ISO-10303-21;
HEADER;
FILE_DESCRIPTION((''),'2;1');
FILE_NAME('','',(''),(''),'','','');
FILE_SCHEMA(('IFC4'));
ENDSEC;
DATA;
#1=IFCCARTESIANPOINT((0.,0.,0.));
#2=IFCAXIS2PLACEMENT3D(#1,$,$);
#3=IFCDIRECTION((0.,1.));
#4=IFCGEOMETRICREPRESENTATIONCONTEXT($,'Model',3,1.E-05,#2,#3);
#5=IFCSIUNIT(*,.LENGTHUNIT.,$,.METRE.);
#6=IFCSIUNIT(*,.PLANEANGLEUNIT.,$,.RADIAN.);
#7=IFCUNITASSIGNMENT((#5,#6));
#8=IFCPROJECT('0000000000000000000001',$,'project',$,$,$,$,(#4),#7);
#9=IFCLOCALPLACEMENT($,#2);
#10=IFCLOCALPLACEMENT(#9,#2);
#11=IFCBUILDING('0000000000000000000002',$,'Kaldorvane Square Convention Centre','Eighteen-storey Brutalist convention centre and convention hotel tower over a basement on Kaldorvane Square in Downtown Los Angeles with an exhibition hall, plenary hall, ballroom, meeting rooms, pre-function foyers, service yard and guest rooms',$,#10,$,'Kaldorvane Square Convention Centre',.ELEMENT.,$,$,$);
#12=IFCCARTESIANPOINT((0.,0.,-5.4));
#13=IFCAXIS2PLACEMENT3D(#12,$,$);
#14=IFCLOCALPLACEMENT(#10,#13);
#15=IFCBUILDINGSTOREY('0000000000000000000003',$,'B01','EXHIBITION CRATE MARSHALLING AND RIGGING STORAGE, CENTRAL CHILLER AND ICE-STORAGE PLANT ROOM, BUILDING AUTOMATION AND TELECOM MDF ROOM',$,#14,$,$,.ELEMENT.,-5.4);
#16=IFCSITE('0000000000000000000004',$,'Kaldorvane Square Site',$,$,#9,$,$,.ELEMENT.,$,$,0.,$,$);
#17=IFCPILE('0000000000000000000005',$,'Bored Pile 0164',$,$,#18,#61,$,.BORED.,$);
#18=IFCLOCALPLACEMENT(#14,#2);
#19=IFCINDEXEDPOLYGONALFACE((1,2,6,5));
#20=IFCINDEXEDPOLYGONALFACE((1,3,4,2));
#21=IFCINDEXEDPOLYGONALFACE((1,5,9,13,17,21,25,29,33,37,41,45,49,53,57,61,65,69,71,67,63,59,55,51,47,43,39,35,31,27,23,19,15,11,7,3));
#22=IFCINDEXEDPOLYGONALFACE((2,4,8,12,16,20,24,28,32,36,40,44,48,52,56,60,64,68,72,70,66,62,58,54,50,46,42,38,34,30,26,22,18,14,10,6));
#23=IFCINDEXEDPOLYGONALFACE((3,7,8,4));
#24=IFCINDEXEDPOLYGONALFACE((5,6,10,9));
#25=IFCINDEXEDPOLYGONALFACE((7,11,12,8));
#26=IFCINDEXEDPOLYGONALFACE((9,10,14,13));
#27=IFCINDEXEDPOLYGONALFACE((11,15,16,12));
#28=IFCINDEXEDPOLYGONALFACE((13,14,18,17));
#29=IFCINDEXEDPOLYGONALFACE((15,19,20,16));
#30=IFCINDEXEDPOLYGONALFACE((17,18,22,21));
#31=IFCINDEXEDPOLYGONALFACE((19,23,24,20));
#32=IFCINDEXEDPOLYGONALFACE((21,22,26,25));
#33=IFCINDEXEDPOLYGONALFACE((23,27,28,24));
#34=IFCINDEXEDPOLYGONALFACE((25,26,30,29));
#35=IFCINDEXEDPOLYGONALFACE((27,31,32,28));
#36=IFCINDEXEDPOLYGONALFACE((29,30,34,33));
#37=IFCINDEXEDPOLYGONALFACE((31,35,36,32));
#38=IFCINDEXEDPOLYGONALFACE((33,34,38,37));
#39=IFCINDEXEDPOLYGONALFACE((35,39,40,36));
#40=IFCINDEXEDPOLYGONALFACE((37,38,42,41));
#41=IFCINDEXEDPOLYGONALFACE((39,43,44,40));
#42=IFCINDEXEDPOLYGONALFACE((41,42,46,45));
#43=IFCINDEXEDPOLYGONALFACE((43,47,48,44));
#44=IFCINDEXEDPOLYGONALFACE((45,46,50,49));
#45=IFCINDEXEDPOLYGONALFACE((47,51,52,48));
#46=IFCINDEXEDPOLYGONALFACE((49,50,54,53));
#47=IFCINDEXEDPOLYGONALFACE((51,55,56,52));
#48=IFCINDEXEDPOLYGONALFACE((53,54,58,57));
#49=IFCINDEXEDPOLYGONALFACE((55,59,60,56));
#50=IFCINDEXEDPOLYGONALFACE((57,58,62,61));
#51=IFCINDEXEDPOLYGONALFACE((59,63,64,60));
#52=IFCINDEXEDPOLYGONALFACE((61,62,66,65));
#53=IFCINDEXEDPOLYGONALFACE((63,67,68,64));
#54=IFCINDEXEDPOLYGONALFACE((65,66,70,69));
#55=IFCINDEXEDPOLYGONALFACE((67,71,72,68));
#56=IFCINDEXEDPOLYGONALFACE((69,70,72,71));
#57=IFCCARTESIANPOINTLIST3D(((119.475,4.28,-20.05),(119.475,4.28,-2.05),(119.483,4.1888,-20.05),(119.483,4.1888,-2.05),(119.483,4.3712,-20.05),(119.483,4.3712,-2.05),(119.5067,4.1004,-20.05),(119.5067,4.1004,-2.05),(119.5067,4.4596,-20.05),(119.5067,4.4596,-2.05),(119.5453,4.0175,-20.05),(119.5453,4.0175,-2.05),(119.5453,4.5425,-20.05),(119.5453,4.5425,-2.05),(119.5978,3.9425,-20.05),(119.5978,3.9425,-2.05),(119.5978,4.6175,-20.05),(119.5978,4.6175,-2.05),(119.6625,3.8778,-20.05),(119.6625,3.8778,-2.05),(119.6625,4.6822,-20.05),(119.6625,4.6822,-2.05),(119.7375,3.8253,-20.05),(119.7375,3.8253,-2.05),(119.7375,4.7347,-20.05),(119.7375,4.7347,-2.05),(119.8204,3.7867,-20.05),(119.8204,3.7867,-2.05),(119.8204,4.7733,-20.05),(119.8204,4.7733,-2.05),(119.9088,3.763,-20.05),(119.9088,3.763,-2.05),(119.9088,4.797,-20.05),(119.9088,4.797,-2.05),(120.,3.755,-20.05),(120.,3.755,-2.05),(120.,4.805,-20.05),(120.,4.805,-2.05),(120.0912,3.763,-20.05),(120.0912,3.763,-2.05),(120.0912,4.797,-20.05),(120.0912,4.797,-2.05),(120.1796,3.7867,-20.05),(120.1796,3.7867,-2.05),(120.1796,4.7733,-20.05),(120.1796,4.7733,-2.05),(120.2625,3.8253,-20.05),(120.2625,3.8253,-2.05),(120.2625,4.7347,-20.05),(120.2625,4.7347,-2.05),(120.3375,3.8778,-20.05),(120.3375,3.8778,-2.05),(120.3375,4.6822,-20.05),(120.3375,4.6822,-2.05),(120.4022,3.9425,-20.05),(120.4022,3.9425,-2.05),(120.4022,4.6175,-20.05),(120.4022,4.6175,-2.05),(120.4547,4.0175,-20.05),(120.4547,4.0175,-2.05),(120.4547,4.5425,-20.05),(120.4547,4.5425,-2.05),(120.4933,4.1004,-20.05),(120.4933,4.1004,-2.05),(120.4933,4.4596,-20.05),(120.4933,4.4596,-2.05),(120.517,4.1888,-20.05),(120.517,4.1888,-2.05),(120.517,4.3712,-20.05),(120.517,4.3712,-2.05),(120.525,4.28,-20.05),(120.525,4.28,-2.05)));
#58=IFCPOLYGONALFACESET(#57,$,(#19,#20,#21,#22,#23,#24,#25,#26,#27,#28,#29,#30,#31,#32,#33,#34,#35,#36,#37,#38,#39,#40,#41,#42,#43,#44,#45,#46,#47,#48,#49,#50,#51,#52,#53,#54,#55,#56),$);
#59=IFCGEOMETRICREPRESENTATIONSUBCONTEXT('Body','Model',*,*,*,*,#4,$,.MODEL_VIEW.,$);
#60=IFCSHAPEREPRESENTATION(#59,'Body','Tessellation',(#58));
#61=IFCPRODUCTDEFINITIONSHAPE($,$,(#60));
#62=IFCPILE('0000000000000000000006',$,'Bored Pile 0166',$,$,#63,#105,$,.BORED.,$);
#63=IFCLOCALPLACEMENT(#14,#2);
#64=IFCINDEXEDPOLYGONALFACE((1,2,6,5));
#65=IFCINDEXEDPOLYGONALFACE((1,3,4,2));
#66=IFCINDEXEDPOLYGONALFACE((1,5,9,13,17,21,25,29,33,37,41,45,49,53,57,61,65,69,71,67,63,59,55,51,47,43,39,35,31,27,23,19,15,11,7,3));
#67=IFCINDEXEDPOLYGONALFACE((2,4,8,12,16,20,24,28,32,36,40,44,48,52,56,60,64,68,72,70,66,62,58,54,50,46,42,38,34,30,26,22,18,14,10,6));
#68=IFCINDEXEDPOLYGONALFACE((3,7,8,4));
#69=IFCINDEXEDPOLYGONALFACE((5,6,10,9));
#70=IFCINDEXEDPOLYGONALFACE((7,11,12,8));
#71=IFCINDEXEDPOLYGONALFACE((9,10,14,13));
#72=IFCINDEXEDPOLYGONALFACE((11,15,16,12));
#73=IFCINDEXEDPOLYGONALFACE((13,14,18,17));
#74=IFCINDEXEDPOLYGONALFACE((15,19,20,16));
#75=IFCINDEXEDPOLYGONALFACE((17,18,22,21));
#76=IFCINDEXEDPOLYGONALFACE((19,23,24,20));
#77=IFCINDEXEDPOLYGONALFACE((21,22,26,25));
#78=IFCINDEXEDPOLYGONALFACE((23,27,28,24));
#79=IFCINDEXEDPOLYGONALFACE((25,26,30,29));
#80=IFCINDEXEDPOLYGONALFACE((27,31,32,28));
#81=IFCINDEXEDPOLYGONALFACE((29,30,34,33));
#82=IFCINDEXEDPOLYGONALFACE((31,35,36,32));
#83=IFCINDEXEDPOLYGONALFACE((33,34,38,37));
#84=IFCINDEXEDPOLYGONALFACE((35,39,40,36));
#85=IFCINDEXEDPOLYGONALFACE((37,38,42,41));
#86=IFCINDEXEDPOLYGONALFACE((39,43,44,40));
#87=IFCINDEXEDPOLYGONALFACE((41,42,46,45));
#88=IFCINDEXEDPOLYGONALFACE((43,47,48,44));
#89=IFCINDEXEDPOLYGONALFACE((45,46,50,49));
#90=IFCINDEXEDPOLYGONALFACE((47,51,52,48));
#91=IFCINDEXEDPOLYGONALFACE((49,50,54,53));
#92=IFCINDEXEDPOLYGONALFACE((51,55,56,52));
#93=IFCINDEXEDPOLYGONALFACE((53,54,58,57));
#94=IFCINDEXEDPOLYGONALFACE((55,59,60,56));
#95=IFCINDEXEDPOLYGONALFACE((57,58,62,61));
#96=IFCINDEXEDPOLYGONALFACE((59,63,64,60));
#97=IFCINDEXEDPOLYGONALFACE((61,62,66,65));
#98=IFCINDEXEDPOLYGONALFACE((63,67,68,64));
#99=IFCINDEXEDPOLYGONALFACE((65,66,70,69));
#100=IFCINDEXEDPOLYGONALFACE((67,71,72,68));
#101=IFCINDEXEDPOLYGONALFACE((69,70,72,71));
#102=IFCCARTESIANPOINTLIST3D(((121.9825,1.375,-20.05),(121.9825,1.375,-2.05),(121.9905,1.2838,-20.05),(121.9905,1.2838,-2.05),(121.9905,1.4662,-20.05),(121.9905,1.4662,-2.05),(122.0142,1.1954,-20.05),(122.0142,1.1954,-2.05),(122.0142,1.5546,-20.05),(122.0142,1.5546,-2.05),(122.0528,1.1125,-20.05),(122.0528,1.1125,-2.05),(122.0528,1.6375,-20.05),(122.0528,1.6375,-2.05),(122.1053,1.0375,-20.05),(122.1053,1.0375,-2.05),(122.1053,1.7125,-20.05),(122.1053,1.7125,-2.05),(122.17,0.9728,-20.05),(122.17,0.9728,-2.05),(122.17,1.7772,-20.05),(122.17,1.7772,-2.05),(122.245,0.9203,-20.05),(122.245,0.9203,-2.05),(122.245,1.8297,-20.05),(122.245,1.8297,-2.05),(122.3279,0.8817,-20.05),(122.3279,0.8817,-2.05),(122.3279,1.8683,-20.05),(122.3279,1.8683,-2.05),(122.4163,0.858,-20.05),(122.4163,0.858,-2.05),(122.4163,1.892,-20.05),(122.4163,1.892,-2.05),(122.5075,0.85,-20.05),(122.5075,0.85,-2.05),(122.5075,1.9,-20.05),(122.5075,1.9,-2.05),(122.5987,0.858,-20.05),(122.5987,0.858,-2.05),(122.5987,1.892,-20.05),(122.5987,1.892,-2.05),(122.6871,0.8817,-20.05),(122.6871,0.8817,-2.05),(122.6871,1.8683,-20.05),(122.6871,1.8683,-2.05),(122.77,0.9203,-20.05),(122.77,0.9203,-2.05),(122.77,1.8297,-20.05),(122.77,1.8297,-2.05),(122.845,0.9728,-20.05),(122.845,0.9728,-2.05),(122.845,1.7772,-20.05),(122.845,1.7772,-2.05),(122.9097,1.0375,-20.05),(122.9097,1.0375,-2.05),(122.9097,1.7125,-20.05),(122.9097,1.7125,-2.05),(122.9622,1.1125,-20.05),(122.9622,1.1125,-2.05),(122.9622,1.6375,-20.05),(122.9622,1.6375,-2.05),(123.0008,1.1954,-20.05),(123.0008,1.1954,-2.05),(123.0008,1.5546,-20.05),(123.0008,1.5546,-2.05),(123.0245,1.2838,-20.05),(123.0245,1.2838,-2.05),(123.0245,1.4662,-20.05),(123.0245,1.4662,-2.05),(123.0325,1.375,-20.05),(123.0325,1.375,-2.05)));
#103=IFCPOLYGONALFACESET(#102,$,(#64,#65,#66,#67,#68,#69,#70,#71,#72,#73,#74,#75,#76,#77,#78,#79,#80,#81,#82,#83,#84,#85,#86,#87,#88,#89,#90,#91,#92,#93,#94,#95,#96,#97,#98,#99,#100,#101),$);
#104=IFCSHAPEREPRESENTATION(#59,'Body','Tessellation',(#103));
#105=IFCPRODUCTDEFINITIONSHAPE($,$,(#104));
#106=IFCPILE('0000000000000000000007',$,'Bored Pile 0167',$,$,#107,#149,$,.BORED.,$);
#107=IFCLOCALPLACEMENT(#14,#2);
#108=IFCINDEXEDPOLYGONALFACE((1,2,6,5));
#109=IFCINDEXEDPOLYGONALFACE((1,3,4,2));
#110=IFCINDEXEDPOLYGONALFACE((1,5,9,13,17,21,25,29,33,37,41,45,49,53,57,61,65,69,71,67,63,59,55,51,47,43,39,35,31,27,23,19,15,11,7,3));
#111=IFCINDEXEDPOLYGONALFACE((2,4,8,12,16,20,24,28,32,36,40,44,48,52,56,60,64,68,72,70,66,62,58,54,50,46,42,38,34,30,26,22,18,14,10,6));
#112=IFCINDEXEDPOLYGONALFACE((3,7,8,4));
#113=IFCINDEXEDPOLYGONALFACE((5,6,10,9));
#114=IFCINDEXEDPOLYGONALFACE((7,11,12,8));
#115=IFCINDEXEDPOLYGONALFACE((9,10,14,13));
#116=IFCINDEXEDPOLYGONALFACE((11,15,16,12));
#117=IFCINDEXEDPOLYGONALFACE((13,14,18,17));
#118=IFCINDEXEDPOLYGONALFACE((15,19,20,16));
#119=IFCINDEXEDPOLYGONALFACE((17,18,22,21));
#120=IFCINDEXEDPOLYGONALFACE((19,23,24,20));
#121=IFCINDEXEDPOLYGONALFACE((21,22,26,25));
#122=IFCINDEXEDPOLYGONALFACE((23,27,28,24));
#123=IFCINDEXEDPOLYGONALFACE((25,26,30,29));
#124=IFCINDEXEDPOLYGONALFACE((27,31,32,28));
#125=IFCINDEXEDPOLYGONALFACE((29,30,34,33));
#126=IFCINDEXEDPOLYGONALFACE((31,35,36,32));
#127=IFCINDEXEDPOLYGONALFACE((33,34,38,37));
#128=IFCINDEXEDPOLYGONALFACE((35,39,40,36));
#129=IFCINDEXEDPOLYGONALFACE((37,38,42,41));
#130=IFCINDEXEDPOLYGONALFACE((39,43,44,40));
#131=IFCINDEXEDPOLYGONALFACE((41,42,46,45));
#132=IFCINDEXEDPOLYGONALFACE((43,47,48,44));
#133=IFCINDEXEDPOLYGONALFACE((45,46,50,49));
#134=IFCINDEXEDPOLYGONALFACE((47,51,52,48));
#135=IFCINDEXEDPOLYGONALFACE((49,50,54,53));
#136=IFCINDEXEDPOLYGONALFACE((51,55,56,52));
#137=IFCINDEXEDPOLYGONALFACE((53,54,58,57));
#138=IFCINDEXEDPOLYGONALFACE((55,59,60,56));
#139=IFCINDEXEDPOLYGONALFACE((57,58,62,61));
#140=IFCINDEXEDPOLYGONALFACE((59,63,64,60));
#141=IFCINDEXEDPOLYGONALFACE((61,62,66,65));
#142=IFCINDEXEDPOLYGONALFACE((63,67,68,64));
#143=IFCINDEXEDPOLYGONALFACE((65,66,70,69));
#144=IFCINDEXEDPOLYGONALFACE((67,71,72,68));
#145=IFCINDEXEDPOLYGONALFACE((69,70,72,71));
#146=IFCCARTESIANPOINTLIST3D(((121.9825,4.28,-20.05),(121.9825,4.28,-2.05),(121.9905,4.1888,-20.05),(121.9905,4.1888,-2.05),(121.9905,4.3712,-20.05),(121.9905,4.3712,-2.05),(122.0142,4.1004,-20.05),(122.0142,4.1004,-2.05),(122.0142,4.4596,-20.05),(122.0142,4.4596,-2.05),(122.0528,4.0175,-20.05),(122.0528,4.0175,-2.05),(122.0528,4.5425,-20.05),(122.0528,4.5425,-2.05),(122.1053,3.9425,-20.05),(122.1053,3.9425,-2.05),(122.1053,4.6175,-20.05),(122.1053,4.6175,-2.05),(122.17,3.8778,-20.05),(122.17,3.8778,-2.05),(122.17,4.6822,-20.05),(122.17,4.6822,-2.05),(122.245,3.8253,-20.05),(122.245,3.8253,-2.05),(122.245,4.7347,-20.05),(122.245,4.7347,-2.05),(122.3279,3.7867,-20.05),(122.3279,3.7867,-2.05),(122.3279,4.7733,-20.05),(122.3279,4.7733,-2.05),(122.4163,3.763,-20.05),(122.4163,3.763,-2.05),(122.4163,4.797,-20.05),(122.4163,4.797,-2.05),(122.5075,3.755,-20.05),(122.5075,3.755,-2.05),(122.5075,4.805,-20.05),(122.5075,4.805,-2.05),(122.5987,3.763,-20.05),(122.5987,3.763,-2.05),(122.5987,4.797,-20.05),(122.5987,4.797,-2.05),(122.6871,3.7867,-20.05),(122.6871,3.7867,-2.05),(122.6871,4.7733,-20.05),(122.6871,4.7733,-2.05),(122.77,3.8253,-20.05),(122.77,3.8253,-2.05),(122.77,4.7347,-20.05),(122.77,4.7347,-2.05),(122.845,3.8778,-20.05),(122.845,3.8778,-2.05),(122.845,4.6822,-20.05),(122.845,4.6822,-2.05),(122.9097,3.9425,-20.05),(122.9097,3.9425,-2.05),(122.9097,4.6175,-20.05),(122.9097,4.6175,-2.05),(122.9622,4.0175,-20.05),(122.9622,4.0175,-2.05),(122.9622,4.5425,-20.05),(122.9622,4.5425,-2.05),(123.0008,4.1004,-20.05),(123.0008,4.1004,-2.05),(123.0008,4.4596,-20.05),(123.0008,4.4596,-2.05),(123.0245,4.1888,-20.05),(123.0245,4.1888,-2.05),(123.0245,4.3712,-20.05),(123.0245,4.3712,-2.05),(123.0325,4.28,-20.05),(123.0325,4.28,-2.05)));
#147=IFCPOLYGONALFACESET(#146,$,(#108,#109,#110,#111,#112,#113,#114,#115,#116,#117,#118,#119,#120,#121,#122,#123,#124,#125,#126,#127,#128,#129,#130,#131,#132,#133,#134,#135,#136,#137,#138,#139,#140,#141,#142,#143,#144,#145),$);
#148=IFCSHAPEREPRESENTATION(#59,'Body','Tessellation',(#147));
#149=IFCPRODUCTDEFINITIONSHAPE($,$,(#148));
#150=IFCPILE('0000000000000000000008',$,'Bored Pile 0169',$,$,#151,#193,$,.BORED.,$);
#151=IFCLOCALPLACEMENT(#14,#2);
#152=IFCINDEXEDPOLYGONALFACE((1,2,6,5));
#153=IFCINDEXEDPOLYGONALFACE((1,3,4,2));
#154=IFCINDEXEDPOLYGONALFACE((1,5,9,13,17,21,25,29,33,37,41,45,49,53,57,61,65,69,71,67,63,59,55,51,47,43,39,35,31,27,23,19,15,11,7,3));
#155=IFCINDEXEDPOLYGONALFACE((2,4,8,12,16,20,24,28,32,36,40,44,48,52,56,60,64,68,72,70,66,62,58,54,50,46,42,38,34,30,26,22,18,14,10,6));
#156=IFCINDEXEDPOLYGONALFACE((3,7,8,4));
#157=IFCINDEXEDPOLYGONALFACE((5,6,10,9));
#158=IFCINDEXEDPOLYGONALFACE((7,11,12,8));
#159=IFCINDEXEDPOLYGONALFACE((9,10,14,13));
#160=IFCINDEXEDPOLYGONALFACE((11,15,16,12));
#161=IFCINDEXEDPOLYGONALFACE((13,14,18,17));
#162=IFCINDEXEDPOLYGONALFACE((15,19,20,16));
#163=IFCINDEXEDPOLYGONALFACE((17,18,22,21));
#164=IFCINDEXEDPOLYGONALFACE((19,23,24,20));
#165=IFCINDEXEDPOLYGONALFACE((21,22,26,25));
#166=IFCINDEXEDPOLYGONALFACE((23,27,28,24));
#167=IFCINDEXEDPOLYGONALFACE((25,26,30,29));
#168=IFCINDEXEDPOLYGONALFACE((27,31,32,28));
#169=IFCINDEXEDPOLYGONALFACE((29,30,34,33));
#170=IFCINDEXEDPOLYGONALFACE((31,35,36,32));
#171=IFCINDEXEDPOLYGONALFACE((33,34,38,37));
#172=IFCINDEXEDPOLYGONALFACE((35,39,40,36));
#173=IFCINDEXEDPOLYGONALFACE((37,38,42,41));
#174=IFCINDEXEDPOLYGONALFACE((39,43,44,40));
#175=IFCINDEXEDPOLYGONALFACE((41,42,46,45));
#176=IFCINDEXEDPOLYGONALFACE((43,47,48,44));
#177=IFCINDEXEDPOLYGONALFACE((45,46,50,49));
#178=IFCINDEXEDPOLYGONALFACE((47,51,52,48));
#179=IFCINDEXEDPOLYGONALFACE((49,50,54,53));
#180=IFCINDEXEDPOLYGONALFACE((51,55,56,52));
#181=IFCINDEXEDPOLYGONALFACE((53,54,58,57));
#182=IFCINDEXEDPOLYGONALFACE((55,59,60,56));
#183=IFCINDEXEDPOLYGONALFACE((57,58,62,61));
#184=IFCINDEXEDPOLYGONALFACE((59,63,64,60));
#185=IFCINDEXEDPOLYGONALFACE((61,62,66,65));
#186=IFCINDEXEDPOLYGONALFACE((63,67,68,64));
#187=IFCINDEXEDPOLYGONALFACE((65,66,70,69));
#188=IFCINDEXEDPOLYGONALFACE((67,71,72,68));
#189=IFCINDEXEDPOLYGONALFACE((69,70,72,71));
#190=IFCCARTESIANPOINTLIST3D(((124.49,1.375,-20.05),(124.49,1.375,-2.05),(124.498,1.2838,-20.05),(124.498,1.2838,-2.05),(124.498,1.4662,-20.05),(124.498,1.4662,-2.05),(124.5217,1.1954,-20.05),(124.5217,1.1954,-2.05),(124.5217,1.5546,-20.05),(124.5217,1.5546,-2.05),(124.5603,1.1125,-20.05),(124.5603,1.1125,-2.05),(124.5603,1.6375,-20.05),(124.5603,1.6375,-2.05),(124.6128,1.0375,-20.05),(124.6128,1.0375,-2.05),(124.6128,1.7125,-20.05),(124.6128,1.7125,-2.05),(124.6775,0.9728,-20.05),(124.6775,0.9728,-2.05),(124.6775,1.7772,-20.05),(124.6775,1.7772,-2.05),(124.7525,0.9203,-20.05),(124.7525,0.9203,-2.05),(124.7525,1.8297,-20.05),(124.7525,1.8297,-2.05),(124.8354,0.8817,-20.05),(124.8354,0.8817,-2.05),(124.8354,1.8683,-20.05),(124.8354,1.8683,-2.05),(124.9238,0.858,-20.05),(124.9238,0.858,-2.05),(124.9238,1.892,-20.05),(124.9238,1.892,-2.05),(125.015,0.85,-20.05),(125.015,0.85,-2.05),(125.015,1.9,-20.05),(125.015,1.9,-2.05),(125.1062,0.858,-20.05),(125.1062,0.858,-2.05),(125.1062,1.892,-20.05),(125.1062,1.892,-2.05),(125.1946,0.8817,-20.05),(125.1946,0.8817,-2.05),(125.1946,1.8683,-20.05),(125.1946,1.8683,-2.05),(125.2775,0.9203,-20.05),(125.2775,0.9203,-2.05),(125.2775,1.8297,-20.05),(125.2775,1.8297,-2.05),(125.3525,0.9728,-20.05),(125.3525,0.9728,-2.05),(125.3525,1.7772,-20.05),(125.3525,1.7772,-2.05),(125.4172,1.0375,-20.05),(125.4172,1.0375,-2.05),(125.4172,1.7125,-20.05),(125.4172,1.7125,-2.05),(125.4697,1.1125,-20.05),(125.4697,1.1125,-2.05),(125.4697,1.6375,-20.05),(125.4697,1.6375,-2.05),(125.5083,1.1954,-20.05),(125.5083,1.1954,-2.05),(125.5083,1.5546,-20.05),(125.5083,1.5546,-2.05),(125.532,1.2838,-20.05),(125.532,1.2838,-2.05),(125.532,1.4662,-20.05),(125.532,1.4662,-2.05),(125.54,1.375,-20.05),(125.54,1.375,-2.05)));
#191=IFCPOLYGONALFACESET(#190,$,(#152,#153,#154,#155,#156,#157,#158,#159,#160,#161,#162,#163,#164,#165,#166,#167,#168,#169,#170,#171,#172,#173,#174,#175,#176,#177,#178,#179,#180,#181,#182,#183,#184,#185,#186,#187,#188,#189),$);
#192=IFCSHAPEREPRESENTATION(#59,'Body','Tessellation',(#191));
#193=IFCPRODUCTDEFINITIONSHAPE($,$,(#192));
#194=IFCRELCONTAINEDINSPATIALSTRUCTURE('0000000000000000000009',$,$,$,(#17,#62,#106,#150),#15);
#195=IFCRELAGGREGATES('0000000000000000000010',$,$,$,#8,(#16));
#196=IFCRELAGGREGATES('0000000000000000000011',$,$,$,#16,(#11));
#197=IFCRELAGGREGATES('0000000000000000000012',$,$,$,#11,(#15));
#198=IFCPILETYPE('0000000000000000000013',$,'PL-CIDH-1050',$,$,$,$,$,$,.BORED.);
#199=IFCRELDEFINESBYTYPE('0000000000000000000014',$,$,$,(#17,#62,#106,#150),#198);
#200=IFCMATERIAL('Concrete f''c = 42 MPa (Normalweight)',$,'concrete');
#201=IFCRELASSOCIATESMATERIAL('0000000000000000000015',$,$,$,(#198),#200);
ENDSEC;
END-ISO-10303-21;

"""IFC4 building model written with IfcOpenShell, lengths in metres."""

from ifc_helpers import new_model, si_unit, direction, frame, origin, origin_2d, place, context, subcontext, project, spatial, circle, extrude, material, material_profile, profile_set, type_object, element, save


model = new_model("IFC4")

# Units and contexts
model_context = context("Model", 3, precision=1e-05, world=origin(), true_north=direction((0.0, 1.0)))
body_context = subcontext(model_context, "Body", "Model", "MODEL_VIEW")
ifc_project = project(units=[si_unit("LENGTHUNIT", "METRE"), si_unit("PLANEANGLEUNIT", "RADIAN")], contexts=[model_context])

# Site, building, storey
site_placement = place(None, origin())
site = spatial("IfcSite", under=ifc_project, at=site_placement, Name="Kaldorvane Square Site", CompositionType="ELEMENT", RefElevation=0.0)
building_placement = place(site_placement, origin())
building = spatial("IfcBuilding", under=site, at=building_placement, Name="Kaldorvane Square Convention Centre", Description="Eighteen-storey Brutalist convention centre and convention hotel tower over a basement on Kaldorvane Square in Downtown Los Angeles with an exhibition hall, plenary hall, ballroom, meeting rooms, pre-function foyers, service yard and guest rooms", LongName="Kaldorvane Square Convention Centre", CompositionType="ELEMENT")
storey_placement = place(building_placement, frame((0.0, 0.0, -5.4)))
storey = spatial("IfcBuildingStorey", under=building, at=storey_placement, Name="B01", Description="EXHIBITION CRATE MARSHALLING AND RIGGING STORAGE, CENTRAL CHILLER AND ICE-STORAGE PLANT ROOM, BUILDING AUTOMATION AND TELECOM MDF ROOM", CompositionType="ELEMENT", Elevation=-5.4)

# Shared definitions
ifc_material_1 = material(Name="Concrete f'c = 42 MPa (Normalweight)", Category="concrete")

# Piles
ifc_material_profile_1 = material_profile(ifc_material_1, circle(Radius=0.525, at=origin_2d()), Name="PILE-D1050")
ifc_profile_set_1 = profile_set([ifc_material_profile_1], Name="Concrete f'c = 42 MPa (Normalweight)")
pile_type = type_object("IfcPileType", Name="PL-CIDH-1050", PredefinedType="BORED", material=ifc_profile_set_1)
for number, where, z_axis, x_axis, name in (
    (1, (120.0, 4.28, -2.05), (0.0, 0.0, -1.0), (1.0, 0.0, 0.0), "Bored Pile 0164"),
    (2, (122.5075, 1.375, -2.05), (0.0, 0.0, -1.0), (1.0, 0.0, 0.0), "Bored Pile 0166"),
    (3, (122.5075, 4.28, -2.05), (0.0, 0.0, -1.0), (1.0, 0.0, 0.0), "Bored Pile 0167"),
    (4, (125.015, 1.375, -2.05), (0.0, 0.0, -1.0), (1.0, 0.0, 0.0), "Bored Pile 0169"),
):
    element("IfcPile", number, at=place(storey_placement, frame(where, z_axis=z_axis, x_axis=x_axis)), inside=storey, type_object=pile_type, Name=name, PredefinedType="BORED", context=body_context, shape_type="SweptSolid", body=[
        extrude(circle(Radius=0.525, at=origin_2d()), origin(), (0.0, 0.0, 1.0), 18.0),
    ])

save(model, "model.ifc")
